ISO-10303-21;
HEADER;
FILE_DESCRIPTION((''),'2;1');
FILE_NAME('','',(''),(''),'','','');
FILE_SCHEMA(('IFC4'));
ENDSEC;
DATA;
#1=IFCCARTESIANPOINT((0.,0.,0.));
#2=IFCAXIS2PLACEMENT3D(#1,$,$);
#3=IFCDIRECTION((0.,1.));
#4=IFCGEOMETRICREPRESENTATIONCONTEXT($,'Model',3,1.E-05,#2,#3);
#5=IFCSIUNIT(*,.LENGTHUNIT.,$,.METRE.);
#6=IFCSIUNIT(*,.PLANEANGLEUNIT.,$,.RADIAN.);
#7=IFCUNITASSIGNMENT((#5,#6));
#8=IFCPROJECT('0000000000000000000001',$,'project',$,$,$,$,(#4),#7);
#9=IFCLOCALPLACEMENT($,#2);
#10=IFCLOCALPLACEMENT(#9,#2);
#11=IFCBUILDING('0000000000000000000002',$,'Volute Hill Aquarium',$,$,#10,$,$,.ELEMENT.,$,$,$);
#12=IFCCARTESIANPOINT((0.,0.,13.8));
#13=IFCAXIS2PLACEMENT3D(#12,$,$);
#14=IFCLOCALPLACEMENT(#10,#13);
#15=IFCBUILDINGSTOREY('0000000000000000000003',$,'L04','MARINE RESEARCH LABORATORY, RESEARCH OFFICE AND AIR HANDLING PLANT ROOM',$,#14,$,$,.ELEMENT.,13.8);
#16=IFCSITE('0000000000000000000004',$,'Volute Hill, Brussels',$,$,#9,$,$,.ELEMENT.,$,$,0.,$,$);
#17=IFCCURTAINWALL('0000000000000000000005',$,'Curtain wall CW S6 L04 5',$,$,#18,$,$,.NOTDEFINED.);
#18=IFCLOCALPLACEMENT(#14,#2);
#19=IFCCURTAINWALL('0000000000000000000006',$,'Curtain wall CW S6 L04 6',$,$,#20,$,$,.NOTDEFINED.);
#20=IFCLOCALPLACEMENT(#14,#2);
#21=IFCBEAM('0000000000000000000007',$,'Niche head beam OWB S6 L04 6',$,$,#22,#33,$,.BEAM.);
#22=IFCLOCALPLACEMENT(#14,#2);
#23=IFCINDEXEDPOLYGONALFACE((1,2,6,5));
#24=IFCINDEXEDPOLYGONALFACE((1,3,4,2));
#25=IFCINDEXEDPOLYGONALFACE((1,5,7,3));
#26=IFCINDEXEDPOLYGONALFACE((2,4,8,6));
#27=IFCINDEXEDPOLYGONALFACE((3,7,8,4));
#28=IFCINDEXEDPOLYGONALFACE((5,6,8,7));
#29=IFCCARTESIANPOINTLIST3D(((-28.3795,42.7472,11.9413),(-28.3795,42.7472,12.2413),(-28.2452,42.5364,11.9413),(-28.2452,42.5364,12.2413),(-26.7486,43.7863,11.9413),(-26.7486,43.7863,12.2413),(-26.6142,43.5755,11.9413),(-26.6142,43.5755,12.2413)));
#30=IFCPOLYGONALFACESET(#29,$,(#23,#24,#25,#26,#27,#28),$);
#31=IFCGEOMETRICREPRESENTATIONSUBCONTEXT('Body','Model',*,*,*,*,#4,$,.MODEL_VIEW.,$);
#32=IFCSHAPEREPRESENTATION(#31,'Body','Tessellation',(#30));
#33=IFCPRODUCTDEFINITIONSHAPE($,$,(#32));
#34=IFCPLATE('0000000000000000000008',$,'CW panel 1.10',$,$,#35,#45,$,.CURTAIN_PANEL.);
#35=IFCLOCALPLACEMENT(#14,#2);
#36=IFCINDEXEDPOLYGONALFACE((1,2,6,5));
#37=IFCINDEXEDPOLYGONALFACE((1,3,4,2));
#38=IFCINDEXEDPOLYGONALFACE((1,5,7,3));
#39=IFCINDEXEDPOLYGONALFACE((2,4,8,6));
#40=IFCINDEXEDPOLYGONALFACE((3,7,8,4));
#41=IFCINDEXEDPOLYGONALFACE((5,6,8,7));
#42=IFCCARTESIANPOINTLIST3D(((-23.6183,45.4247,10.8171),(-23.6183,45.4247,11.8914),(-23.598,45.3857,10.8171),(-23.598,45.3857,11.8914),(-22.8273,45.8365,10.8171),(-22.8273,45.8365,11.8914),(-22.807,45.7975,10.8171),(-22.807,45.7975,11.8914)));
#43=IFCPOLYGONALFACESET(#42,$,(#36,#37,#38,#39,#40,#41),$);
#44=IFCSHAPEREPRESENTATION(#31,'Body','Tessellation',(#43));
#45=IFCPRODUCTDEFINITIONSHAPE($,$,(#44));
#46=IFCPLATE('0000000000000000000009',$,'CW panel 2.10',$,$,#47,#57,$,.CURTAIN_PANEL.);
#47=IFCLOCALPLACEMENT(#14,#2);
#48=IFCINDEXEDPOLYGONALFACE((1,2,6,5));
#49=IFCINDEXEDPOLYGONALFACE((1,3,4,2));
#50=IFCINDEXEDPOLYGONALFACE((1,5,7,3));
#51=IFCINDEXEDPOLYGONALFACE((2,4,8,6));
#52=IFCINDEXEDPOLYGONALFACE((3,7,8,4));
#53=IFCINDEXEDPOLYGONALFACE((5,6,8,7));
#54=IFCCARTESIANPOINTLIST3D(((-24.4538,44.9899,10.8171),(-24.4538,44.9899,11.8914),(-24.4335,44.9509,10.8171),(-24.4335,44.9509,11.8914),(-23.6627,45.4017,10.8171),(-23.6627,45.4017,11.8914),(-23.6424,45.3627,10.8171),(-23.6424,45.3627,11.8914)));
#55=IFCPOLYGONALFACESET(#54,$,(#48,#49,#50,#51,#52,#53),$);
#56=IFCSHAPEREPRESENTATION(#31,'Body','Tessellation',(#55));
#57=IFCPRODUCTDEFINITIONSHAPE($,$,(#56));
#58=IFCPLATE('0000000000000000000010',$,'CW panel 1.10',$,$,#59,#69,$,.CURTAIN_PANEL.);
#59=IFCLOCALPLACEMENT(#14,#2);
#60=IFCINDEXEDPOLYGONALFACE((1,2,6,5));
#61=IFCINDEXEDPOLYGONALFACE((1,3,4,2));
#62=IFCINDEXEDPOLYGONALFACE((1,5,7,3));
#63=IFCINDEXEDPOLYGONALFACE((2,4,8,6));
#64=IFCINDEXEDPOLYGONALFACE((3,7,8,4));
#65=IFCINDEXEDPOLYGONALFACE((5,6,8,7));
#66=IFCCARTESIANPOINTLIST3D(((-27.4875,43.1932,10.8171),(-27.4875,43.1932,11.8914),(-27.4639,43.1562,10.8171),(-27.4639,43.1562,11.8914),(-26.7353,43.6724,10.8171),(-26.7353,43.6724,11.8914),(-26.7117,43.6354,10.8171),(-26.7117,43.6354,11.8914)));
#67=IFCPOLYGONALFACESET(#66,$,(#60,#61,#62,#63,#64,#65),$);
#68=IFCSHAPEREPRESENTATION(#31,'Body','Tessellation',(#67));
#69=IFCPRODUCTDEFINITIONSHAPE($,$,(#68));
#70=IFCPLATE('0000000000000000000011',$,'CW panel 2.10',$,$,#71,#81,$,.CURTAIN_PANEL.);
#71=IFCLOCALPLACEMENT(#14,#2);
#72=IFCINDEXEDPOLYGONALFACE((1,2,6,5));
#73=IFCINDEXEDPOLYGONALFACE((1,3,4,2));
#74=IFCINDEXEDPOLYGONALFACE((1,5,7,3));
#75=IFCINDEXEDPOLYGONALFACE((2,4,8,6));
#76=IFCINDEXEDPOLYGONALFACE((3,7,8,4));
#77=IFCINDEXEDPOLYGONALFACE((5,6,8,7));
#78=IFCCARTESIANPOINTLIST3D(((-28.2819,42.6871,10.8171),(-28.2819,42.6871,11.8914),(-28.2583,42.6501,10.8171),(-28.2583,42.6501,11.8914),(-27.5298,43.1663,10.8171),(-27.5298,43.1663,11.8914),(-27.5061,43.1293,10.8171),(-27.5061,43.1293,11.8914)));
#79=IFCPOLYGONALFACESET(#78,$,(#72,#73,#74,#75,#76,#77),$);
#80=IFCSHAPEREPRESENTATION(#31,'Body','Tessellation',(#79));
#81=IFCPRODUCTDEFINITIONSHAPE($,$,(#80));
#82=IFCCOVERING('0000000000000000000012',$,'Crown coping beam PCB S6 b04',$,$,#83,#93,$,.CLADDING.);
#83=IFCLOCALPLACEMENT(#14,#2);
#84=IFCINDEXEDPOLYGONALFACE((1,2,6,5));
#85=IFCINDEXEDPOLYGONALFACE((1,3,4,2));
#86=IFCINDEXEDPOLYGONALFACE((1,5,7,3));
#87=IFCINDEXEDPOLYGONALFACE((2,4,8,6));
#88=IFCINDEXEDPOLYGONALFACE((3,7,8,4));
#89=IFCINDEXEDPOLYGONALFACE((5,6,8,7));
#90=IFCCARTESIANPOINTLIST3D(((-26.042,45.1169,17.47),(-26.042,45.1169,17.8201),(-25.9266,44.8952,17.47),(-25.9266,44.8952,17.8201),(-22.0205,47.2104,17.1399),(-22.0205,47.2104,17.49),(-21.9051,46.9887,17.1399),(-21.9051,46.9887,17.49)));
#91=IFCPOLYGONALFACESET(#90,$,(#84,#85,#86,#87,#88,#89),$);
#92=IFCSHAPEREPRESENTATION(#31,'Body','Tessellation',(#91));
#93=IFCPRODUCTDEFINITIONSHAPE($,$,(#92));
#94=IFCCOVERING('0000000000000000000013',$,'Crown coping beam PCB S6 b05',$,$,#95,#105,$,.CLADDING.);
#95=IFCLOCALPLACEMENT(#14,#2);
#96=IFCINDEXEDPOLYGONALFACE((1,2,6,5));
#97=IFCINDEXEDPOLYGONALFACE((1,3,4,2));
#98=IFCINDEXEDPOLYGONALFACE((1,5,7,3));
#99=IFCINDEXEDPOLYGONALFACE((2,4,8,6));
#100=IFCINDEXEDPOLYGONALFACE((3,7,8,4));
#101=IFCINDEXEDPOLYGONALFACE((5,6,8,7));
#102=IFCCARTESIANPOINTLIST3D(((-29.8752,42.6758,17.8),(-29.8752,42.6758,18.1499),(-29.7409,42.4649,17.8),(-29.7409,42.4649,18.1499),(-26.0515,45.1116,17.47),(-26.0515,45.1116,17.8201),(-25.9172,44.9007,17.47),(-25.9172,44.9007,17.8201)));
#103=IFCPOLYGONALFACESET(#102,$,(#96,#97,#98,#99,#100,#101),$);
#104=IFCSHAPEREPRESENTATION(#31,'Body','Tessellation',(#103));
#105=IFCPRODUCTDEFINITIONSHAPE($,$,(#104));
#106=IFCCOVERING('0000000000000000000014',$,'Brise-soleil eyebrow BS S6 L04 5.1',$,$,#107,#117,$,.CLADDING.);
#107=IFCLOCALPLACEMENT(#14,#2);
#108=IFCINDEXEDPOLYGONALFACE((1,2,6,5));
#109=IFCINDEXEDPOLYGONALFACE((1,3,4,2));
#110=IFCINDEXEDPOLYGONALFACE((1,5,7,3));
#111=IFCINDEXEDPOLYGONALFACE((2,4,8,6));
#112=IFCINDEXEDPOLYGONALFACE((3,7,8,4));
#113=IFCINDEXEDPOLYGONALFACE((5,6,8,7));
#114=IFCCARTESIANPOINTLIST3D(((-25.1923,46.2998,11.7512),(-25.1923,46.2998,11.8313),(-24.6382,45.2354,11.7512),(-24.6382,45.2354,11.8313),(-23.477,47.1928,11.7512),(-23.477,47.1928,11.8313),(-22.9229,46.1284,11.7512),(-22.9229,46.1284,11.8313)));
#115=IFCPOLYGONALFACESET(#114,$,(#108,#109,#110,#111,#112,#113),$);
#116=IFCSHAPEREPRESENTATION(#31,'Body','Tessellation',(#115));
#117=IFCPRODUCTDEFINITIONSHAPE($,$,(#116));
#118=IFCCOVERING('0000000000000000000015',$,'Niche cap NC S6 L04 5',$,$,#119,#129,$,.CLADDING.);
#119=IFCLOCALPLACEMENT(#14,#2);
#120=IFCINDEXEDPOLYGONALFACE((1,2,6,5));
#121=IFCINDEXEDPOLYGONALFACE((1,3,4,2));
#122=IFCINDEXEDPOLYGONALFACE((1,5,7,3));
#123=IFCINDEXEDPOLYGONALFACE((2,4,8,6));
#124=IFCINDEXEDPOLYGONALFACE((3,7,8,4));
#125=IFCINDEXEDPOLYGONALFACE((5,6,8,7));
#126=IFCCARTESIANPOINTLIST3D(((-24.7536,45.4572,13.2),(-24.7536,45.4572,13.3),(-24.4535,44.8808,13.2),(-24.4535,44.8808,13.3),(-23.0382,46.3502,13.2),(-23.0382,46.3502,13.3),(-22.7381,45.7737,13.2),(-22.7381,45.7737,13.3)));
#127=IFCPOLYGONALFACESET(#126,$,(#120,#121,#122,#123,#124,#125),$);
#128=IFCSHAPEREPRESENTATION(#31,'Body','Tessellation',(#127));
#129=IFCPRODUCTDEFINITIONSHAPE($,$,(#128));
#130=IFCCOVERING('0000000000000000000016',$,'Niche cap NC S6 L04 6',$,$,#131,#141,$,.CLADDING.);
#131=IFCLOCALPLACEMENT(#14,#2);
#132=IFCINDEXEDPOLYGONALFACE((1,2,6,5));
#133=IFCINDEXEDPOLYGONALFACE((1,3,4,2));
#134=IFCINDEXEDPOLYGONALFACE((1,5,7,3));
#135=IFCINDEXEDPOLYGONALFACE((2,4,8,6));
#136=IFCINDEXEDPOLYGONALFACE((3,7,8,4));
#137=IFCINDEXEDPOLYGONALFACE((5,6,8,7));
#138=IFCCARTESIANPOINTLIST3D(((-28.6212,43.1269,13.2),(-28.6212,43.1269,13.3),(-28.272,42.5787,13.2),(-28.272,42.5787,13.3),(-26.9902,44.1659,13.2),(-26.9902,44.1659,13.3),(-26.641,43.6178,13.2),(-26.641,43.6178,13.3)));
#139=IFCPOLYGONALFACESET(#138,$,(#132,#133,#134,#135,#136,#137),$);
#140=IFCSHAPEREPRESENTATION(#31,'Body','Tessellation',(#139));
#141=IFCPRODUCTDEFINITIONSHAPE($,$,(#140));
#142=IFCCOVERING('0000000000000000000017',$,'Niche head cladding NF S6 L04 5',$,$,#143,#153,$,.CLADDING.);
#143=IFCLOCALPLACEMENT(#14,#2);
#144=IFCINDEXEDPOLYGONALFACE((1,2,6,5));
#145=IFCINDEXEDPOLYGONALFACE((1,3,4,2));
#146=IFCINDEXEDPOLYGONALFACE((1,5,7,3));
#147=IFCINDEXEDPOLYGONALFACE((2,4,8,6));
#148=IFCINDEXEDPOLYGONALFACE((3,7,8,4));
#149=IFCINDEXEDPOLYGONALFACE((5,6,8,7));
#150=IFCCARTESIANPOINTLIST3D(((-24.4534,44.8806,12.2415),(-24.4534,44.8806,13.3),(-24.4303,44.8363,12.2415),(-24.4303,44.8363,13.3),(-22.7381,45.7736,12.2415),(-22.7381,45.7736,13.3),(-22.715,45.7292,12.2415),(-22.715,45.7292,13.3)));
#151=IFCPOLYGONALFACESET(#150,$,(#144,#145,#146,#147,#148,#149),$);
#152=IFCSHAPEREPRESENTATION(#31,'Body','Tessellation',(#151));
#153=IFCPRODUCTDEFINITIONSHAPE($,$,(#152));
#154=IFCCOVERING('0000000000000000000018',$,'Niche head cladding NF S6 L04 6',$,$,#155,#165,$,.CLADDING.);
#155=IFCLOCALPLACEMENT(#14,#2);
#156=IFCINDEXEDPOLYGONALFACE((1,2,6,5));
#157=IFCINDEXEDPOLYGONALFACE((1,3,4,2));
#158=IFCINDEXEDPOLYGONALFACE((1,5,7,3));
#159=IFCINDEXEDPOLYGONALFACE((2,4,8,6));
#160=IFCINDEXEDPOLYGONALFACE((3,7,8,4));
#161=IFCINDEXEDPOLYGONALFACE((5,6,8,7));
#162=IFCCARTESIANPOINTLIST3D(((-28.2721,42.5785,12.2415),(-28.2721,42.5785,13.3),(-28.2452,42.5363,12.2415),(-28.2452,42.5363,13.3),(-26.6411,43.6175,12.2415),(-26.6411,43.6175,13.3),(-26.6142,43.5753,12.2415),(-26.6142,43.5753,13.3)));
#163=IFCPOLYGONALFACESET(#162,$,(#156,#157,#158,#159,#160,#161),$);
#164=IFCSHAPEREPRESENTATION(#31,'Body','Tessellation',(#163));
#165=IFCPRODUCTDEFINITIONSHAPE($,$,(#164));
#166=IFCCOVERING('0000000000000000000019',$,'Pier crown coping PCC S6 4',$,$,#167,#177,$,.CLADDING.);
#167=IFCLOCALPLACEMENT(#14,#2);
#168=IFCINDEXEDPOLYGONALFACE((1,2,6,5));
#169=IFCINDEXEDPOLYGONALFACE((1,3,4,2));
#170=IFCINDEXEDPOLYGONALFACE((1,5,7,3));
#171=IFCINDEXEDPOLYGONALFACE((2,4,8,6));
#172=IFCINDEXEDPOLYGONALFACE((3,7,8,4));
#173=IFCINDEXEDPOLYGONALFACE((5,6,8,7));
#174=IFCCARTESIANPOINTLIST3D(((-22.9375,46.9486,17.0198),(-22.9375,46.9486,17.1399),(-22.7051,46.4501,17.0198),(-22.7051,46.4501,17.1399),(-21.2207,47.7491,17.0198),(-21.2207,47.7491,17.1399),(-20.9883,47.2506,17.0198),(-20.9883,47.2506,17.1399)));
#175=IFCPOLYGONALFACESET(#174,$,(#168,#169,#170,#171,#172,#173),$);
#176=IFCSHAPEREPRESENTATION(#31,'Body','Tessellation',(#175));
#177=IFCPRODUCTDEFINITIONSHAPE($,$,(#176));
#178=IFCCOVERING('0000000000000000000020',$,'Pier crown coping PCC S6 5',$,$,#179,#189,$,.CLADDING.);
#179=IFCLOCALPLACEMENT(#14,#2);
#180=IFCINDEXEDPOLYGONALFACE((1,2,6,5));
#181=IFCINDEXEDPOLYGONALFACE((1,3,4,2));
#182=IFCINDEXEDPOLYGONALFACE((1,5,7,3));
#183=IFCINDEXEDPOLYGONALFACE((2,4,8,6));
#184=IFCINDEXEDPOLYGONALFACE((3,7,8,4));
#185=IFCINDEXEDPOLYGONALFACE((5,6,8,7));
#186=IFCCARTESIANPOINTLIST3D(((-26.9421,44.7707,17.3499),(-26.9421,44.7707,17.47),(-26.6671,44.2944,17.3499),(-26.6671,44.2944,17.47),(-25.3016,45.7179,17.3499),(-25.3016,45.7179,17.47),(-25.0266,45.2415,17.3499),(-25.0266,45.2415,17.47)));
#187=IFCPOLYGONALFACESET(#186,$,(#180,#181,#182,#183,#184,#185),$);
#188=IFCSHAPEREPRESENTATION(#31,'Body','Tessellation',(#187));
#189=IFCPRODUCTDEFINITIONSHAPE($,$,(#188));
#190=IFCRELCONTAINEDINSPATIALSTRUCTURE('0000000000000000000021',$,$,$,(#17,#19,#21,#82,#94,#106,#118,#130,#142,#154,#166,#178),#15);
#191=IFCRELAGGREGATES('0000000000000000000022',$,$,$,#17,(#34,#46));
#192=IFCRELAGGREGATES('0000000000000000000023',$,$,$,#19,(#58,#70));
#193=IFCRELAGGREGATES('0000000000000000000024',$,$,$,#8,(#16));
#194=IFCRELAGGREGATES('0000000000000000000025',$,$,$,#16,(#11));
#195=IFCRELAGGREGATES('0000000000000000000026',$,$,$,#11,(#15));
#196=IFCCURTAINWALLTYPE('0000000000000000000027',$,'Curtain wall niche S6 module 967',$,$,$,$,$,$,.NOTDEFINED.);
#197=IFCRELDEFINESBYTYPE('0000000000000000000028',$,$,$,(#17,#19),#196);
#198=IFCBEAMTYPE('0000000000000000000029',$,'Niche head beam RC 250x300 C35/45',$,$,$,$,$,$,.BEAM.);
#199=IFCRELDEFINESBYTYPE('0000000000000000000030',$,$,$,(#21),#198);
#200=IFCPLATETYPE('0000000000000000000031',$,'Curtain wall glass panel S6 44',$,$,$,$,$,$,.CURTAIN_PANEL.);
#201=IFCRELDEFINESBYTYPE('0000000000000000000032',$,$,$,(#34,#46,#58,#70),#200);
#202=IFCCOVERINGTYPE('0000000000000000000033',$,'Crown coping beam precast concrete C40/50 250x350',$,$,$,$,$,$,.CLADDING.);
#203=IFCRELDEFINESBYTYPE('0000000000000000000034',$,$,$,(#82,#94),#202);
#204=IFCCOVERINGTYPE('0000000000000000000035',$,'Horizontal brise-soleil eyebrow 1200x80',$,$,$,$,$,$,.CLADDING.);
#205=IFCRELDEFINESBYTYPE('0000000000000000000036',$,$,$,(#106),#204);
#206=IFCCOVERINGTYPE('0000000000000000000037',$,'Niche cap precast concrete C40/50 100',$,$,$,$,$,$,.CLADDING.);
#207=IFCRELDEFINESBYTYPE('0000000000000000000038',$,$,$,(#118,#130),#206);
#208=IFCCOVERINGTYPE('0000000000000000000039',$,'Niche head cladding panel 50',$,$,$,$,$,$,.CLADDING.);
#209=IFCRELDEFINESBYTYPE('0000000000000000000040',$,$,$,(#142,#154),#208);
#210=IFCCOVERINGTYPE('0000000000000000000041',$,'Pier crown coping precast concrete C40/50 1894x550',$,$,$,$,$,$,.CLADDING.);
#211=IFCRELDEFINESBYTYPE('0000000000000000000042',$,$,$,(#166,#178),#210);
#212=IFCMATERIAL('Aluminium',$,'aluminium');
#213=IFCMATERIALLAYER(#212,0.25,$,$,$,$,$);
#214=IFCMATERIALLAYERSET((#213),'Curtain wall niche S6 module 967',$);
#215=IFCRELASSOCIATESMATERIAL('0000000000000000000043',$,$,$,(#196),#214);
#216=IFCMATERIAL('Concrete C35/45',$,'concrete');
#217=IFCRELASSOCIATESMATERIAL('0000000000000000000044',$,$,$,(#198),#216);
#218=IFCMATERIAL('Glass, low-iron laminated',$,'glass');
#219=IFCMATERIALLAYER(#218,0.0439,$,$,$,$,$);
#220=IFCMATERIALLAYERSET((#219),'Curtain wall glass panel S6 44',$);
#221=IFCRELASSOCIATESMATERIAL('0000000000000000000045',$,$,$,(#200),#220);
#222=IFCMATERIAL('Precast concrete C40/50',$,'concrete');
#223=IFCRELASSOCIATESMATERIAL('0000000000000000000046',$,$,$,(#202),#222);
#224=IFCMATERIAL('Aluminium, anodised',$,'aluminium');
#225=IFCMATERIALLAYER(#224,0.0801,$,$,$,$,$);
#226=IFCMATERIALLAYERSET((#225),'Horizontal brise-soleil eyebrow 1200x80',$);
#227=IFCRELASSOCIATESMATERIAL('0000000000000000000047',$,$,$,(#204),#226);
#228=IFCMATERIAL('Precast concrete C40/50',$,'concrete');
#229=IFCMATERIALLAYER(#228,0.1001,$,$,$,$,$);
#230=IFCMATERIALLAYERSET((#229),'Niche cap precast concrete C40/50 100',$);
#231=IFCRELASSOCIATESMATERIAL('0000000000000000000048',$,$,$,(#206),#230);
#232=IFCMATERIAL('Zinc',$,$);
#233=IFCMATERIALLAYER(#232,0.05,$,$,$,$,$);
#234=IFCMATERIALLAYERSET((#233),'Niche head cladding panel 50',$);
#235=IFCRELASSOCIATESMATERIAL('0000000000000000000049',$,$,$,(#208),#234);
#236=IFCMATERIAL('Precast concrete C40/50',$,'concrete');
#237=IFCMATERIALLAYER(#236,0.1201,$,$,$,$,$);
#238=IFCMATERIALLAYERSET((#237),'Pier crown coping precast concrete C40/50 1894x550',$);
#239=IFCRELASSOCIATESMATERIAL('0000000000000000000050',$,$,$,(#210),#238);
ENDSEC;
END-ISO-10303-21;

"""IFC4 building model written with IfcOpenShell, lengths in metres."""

from ifc_helpers import new_model, si_unit, direction, frame, origin, origin_2d, place, context, subcontext, project, spatial, polyline, rectangle, outline, extrude, material, layer, layer_set, material_profile, profile_set, type_object, element, aggregate, save


model = new_model("IFC4")

# Units and contexts
model_context = context("Model", 3, precision=1e-05, world=origin(), true_north=direction((0.0, 1.0)))
body_context = subcontext(model_context, "Body", "Model", "MODEL_VIEW")
ifc_project = project(units=[si_unit("LENGTHUNIT", "METRE"), si_unit("PLANEANGLEUNIT", "RADIAN")], contexts=[model_context])

# Site, building, storey
site_placement = place(None, origin())
site = spatial("IfcSite", under=ifc_project, at=site_placement, Name="Volute Hill, Brussels", CompositionType="ELEMENT", RefElevation=0.0)
building_placement = place(site_placement, origin())
building = spatial("IfcBuilding", under=site, at=building_placement, Name="Volute Hill Aquarium", CompositionType="ELEMENT")
storey_placement = place(building_placement, frame((0.0, 0.0, 13.8)))
storey = spatial("IfcBuildingStorey", under=building, at=storey_placement, Name="L04", Description="MARINE RESEARCH LABORATORY, RESEARCH OFFICE AND AIR HANDLING PLANT ROOM", CompositionType="ELEMENT", Elevation=13.8)

# Curtain walls
ifc_material_1 = material(Name="Aluminium", Category="aluminium")
ifc_layer_1 = layer(ifc_material_1, 0.25)
ifc_layer_set_1 = layer_set([ifc_layer_1], Name="Curtain wall niche S6 module 967")
curtain_wall_type = type_object("IfcCurtainWallType", Name="Curtain wall niche S6 module 967", PredefinedType="NOTDEFINED", material=ifc_layer_set_1)
curtain_wall_1_placement = place(storey_placement, origin())
curtain_wall_1 = element("IfcCurtainWall", 1, at=curtain_wall_1_placement, inside=storey, type_object=curtain_wall_type, Name="Curtain wall CW S6 L04 5", PredefinedType="NOTDEFINED")
curtain_wall_2_placement = place(storey_placement, origin())
curtain_wall_2 = element("IfcCurtainWall", 2, at=curtain_wall_2_placement, inside=storey, type_object=curtain_wall_type, Name="Curtain wall CW S6 L04 6", PredefinedType="NOTDEFINED")

# Beam
ifc_material_2 = material(Name="Concrete C35/45", Category="concrete")
ifc_material_profile_1 = material_profile(ifc_material_2, rectangle(XDim=0.25, YDim=0.3, at=origin_2d()), Name="RC beam 250x300")
ifc_profile_set_1 = profile_set([ifc_material_profile_1], Name="Concrete C35/45")
beam_type_1 = type_object("IfcBeamType", Name="Niche head beam RC 250x300 C35/45", PredefinedType="BEAM", material=ifc_profile_set_1)
for number, where, z_axis, x_axis, name in (
    (3, (-26.6814, 43.6809, 12.0913), (-0.84337, -0.537333, 0.0), (0.537333, -0.84337, 0.0), "Niche head beam OWB S6 L04 6"),
):
    element("IfcBeam", number, at=place(storey_placement, frame(where, z_axis=z_axis, x_axis=x_axis)), inside=storey, type_object=beam_type_1, Name=name, PredefinedType="BEAM", context=body_context, shape_type="SweptSolid", body=[
        extrude(rectangle(XDim=0.25, YDim=0.3, at=origin_2d()), origin(), (0.0, 0.0, 1.0), 1.9338),
    ])

# Plates
ifc_material_3 = material(Name="Glass, low-iron laminated", Category="glass")
ifc_layer_2 = layer(ifc_material_3, 0.0439)
ifc_layer_set_2 = layer_set([ifc_layer_2], Name="Curtain wall glass panel S6 44")
plate_type = type_object("IfcPlateType", Name="Curtain wall glass panel S6 44", PredefinedType="CURTAIN_PANEL", material=ifc_layer_set_2)
plate_1_placement = place(storey_placement, frame((-23.2126, 45.6111, 10.8171), z_axis=(0.0, 0.0, 1.0), x_axis=(-0.887005, -0.46176, 0.0)))
plate_1 = element("IfcPlate", 4, at=plate_1_placement, type_object=plate_type, Name="CW panel 1.10", PredefinedType="CURTAIN_PANEL", context=body_context, shape_type="SweptSolid", body=[
    extrude(rectangle(XDim=0.8918, YDim=0.0439, at=origin_2d()), origin(), (0.0, 0.0, 1.0), 1.0742),
])
plate_2_placement = place(storey_placement, frame((-24.0481, 45.1763, 10.8171), z_axis=(0.0, 0.0, 1.0), x_axis=(-0.887005, -0.46176, 0.0)))
plate_2 = element("IfcPlate", 5, at=plate_2_placement, type_object=plate_type, Name="CW panel 2.10", PredefinedType="CURTAIN_PANEL", context=body_context, shape_type="SweptSolid", body=[
    extrude(rectangle(XDim=0.8918, YDim=0.0439, at=origin_2d()), origin(), (0.0, 0.0, 1.0), 1.0742),
])
aggregate(curtain_wall_1, [plate_1, plate_2])
plate_3_placement = place(storey_placement, frame((-27.0996, 43.4143, 10.8171), z_axis=(0.0, 0.0, 1.0), x_axis=(-0.843395, -0.537295, 0.0)))
plate_3 = element("IfcPlate", 6, at=plate_3_placement, type_object=plate_type, Name="CW panel 1.10", PredefinedType="CURTAIN_PANEL", context=body_context, shape_type="SweptSolid", body=[
    extrude(rectangle(XDim=0.8918, YDim=0.0439, at=origin_2d()), origin(), (0.0, 0.0, 1.0), 1.0742),
])
plate_4_placement = place(storey_placement, frame((-27.894, 42.9082, 10.8171), z_axis=(0.0, 0.0, 1.0), x_axis=(-0.843395, -0.537295, 0.0)))
plate_4 = element("IfcPlate", 7, at=plate_4_placement, type_object=plate_type, Name="CW panel 2.10", PredefinedType="CURTAIN_PANEL", context=body_context, shape_type="SweptSolid", body=[
    extrude(rectangle(XDim=0.8918, YDim=0.0439, at=origin_2d()), origin(), (0.0, 0.0, 1.0), 1.0742),
])
aggregate(curtain_wall_2, [plate_3, plate_4])

# Coverings
ifc_material_4 = material(Name="Precast concrete C40/50", Category="concrete")
covering_type_1 = type_object("IfcCoveringType", Name="Crown coping beam precast concrete C40/50 250x350", PredefinedType="CLADDING", material=ifc_material_4)
covering_1_placement = place(storey_placement, frame((-22.0205, 47.2104, 17.1399), z_axis=(-0.461758, 0.887006, 0.0), x_axis=(-0.884665, -0.460539, 0.072612)))
element("IfcCovering", 8, at=covering_1_placement, inside=storey, type_object=covering_type_1, Name="Crown coping beam PCB S6 b04", PredefinedType="CLADDING", context=body_context, shape_type="SweptSolid", body=[
    extrude(outline(polyline([(0.0, 0.0), (4.5458, 0.0), (4.5712, 0.3492), (0.0254, 0.3492), (0.0, 0.0)])), origin(), (0.0, 0.0, -1.0), 0.25),
])
covering_2_placement = place(storey_placement, frame((-26.0515, 45.1116, 17.47), z_axis=(-0.537269, 0.843411, 0.0), x_axis=(-0.841184, -0.535851, 0.072614)))
element("IfcCovering", 9, at=covering_2_placement, inside=storey, type_object=covering_type_1, Name="Crown coping beam PCB S6 b05", PredefinedType="CLADDING", context=body_context, shape_type="SweptSolid", body=[
    extrude(outline(polyline([(0.0, 0.0), (4.5457, 0.0), (4.5711, 0.3489), (0.0254, 0.3492), (0.0, 0.0)])), origin(), (0.0, 0.0, -1.0), 0.25),
])
ifc_material_5 = material(Name="Aluminium, anodised", Category="aluminium")
ifc_layer_3 = layer(ifc_material_5, 0.0801)
ifc_layer_set_3 = layer_set([ifc_layer_3], Name="Horizontal brise-soleil eyebrow 1200x80")
covering_type_2 = type_object("IfcCoveringType", Name="Horizontal brise-soleil eyebrow 1200x80", PredefinedType="CLADDING", material=ifc_layer_set_3)
covering_3_placement = place(storey_placement, frame((-24.0576, 46.2141, 11.7512), z_axis=(0.0, 0.0, 1.0), x_axis=(-0.887006, -0.461759, 0.0)))
element("IfcCovering", 10, at=covering_3_placement, inside=storey, type_object=covering_type_2, Name="Brise-soleil eyebrow BS S6 L04 5.1", PredefinedType="CLADDING", context=body_context, shape_type="SweptSolid", body=[
    extrude(rectangle(XDim=1.9338, YDim=1.2, at=origin_2d()), origin(), (0.0, 0.0, 1.0), 0.0801),
])
ifc_material_6 = material(Name="Precast concrete C40/50", Category="concrete")
ifc_layer_4 = layer(ifc_material_6, 0.1001)
ifc_layer_set_4 = layer_set([ifc_layer_4], Name="Niche cap precast concrete C40/50 100")
covering_type_3 = type_object("IfcCoveringType", Name="Niche cap precast concrete C40/50 100", PredefinedType="CLADDING", material=ifc_layer_set_4)
for number, where, z_axis, x_axis, name in (
    (11, (-23.7458, 45.6155, 13.2), (0.0, 0.0, 1.0), (-0.887006, -0.461759, 0.0), "Niche cap NC S6 L04 5"),
    (12, (-27.6311, 43.3723, 13.2), (0.0, 0.0, 1.0), (-0.843396, -0.537293, 0.0), "Niche cap NC S6 L04 6"),
):
    element("IfcCovering", number, at=place(storey_placement, frame(where, z_axis=z_axis, x_axis=x_axis)), inside=storey, type_object=covering_type_3, Name=name, PredefinedType="CLADDING", context=body_context, shape_type="SweptSolid", body=[
        extrude(rectangle(XDim=1.9338, YDim=0.6499, at=origin_2d()), origin(), (0.0, 0.0, 1.0), 0.1001),
    ])
ifc_material_7 = material(Name="Zinc")
ifc_layer_5 = layer(ifc_material_7, 0.05)
ifc_layer_set_5 = layer_set([ifc_layer_5], Name="Niche head cladding panel 50")
covering_type_4 = type_object("IfcCoveringType", Name="Niche head cladding panel 50", PredefinedType="CLADDING", material=ifc_layer_set_5)
for number, where, z_axis, x_axis, name in (
    (13, (-23.5842, 45.3049, 12.2415), (0.0, 0.0, 1.0), (-0.887006, -0.461759, 0.0), "Niche head cladding NF S6 L04 5"),
    (14, (-27.4431, 43.0769, 12.2415), (0.0, 0.0, 1.0), (-0.843396, -0.537293, 0.0), "Niche head cladding NF S6 L04 6"),
):
    element("IfcCovering", number, at=place(storey_placement, frame(where, z_axis=z_axis, x_axis=x_axis)), inside=storey, type_object=covering_type_4, Name=name, PredefinedType="CLADDING", context=body_context, shape_type="SweptSolid", body=[
        extrude(rectangle(XDim=1.9338, YDim=0.05, at=origin_2d()), origin(), (0.0, 0.0, 1.0), 1.0586),
    ])
ifc_material_8 = material(Name="Precast concrete C40/50", Category="concrete")
ifc_layer_6 = layer(ifc_material_8, 0.1201)
ifc_layer_set_6 = layer_set([ifc_layer_6], Name="Pier crown coping precast concrete C40/50 1894x550")
covering_type_5 = type_object("IfcCoveringType", Name="Pier crown coping precast concrete C40/50 1894x550", PredefinedType="CLADDING", material=ifc_layer_set_6)
for number, where, z_axis, x_axis, name in (
    (15, (-21.9629, 47.0996, 17.0198), (0.0, 0.0, 1.0), (-0.906308, -0.422618, 0.0), "Pier crown coping PCC S6 4"),
    (16, (-25.9844, 45.0061, 17.3499), (0.0, 0.0, 1.0), (-0.866025, -0.5, 0.0), "Pier crown coping PCC S6 5"),
):
    element("IfcCovering", number, at=place(storey_placement, frame(where, z_axis=z_axis, x_axis=x_axis)), inside=storey, type_object=covering_type_5, Name=name, PredefinedType="CLADDING", context=body_context, shape_type="SweptSolid", body=[
        extrude(rectangle(XDim=1.8943, YDim=0.55, at=origin_2d()), origin(), (0.0, 0.0, 1.0), 0.1201),
    ])

save(model, "model.ifc")
